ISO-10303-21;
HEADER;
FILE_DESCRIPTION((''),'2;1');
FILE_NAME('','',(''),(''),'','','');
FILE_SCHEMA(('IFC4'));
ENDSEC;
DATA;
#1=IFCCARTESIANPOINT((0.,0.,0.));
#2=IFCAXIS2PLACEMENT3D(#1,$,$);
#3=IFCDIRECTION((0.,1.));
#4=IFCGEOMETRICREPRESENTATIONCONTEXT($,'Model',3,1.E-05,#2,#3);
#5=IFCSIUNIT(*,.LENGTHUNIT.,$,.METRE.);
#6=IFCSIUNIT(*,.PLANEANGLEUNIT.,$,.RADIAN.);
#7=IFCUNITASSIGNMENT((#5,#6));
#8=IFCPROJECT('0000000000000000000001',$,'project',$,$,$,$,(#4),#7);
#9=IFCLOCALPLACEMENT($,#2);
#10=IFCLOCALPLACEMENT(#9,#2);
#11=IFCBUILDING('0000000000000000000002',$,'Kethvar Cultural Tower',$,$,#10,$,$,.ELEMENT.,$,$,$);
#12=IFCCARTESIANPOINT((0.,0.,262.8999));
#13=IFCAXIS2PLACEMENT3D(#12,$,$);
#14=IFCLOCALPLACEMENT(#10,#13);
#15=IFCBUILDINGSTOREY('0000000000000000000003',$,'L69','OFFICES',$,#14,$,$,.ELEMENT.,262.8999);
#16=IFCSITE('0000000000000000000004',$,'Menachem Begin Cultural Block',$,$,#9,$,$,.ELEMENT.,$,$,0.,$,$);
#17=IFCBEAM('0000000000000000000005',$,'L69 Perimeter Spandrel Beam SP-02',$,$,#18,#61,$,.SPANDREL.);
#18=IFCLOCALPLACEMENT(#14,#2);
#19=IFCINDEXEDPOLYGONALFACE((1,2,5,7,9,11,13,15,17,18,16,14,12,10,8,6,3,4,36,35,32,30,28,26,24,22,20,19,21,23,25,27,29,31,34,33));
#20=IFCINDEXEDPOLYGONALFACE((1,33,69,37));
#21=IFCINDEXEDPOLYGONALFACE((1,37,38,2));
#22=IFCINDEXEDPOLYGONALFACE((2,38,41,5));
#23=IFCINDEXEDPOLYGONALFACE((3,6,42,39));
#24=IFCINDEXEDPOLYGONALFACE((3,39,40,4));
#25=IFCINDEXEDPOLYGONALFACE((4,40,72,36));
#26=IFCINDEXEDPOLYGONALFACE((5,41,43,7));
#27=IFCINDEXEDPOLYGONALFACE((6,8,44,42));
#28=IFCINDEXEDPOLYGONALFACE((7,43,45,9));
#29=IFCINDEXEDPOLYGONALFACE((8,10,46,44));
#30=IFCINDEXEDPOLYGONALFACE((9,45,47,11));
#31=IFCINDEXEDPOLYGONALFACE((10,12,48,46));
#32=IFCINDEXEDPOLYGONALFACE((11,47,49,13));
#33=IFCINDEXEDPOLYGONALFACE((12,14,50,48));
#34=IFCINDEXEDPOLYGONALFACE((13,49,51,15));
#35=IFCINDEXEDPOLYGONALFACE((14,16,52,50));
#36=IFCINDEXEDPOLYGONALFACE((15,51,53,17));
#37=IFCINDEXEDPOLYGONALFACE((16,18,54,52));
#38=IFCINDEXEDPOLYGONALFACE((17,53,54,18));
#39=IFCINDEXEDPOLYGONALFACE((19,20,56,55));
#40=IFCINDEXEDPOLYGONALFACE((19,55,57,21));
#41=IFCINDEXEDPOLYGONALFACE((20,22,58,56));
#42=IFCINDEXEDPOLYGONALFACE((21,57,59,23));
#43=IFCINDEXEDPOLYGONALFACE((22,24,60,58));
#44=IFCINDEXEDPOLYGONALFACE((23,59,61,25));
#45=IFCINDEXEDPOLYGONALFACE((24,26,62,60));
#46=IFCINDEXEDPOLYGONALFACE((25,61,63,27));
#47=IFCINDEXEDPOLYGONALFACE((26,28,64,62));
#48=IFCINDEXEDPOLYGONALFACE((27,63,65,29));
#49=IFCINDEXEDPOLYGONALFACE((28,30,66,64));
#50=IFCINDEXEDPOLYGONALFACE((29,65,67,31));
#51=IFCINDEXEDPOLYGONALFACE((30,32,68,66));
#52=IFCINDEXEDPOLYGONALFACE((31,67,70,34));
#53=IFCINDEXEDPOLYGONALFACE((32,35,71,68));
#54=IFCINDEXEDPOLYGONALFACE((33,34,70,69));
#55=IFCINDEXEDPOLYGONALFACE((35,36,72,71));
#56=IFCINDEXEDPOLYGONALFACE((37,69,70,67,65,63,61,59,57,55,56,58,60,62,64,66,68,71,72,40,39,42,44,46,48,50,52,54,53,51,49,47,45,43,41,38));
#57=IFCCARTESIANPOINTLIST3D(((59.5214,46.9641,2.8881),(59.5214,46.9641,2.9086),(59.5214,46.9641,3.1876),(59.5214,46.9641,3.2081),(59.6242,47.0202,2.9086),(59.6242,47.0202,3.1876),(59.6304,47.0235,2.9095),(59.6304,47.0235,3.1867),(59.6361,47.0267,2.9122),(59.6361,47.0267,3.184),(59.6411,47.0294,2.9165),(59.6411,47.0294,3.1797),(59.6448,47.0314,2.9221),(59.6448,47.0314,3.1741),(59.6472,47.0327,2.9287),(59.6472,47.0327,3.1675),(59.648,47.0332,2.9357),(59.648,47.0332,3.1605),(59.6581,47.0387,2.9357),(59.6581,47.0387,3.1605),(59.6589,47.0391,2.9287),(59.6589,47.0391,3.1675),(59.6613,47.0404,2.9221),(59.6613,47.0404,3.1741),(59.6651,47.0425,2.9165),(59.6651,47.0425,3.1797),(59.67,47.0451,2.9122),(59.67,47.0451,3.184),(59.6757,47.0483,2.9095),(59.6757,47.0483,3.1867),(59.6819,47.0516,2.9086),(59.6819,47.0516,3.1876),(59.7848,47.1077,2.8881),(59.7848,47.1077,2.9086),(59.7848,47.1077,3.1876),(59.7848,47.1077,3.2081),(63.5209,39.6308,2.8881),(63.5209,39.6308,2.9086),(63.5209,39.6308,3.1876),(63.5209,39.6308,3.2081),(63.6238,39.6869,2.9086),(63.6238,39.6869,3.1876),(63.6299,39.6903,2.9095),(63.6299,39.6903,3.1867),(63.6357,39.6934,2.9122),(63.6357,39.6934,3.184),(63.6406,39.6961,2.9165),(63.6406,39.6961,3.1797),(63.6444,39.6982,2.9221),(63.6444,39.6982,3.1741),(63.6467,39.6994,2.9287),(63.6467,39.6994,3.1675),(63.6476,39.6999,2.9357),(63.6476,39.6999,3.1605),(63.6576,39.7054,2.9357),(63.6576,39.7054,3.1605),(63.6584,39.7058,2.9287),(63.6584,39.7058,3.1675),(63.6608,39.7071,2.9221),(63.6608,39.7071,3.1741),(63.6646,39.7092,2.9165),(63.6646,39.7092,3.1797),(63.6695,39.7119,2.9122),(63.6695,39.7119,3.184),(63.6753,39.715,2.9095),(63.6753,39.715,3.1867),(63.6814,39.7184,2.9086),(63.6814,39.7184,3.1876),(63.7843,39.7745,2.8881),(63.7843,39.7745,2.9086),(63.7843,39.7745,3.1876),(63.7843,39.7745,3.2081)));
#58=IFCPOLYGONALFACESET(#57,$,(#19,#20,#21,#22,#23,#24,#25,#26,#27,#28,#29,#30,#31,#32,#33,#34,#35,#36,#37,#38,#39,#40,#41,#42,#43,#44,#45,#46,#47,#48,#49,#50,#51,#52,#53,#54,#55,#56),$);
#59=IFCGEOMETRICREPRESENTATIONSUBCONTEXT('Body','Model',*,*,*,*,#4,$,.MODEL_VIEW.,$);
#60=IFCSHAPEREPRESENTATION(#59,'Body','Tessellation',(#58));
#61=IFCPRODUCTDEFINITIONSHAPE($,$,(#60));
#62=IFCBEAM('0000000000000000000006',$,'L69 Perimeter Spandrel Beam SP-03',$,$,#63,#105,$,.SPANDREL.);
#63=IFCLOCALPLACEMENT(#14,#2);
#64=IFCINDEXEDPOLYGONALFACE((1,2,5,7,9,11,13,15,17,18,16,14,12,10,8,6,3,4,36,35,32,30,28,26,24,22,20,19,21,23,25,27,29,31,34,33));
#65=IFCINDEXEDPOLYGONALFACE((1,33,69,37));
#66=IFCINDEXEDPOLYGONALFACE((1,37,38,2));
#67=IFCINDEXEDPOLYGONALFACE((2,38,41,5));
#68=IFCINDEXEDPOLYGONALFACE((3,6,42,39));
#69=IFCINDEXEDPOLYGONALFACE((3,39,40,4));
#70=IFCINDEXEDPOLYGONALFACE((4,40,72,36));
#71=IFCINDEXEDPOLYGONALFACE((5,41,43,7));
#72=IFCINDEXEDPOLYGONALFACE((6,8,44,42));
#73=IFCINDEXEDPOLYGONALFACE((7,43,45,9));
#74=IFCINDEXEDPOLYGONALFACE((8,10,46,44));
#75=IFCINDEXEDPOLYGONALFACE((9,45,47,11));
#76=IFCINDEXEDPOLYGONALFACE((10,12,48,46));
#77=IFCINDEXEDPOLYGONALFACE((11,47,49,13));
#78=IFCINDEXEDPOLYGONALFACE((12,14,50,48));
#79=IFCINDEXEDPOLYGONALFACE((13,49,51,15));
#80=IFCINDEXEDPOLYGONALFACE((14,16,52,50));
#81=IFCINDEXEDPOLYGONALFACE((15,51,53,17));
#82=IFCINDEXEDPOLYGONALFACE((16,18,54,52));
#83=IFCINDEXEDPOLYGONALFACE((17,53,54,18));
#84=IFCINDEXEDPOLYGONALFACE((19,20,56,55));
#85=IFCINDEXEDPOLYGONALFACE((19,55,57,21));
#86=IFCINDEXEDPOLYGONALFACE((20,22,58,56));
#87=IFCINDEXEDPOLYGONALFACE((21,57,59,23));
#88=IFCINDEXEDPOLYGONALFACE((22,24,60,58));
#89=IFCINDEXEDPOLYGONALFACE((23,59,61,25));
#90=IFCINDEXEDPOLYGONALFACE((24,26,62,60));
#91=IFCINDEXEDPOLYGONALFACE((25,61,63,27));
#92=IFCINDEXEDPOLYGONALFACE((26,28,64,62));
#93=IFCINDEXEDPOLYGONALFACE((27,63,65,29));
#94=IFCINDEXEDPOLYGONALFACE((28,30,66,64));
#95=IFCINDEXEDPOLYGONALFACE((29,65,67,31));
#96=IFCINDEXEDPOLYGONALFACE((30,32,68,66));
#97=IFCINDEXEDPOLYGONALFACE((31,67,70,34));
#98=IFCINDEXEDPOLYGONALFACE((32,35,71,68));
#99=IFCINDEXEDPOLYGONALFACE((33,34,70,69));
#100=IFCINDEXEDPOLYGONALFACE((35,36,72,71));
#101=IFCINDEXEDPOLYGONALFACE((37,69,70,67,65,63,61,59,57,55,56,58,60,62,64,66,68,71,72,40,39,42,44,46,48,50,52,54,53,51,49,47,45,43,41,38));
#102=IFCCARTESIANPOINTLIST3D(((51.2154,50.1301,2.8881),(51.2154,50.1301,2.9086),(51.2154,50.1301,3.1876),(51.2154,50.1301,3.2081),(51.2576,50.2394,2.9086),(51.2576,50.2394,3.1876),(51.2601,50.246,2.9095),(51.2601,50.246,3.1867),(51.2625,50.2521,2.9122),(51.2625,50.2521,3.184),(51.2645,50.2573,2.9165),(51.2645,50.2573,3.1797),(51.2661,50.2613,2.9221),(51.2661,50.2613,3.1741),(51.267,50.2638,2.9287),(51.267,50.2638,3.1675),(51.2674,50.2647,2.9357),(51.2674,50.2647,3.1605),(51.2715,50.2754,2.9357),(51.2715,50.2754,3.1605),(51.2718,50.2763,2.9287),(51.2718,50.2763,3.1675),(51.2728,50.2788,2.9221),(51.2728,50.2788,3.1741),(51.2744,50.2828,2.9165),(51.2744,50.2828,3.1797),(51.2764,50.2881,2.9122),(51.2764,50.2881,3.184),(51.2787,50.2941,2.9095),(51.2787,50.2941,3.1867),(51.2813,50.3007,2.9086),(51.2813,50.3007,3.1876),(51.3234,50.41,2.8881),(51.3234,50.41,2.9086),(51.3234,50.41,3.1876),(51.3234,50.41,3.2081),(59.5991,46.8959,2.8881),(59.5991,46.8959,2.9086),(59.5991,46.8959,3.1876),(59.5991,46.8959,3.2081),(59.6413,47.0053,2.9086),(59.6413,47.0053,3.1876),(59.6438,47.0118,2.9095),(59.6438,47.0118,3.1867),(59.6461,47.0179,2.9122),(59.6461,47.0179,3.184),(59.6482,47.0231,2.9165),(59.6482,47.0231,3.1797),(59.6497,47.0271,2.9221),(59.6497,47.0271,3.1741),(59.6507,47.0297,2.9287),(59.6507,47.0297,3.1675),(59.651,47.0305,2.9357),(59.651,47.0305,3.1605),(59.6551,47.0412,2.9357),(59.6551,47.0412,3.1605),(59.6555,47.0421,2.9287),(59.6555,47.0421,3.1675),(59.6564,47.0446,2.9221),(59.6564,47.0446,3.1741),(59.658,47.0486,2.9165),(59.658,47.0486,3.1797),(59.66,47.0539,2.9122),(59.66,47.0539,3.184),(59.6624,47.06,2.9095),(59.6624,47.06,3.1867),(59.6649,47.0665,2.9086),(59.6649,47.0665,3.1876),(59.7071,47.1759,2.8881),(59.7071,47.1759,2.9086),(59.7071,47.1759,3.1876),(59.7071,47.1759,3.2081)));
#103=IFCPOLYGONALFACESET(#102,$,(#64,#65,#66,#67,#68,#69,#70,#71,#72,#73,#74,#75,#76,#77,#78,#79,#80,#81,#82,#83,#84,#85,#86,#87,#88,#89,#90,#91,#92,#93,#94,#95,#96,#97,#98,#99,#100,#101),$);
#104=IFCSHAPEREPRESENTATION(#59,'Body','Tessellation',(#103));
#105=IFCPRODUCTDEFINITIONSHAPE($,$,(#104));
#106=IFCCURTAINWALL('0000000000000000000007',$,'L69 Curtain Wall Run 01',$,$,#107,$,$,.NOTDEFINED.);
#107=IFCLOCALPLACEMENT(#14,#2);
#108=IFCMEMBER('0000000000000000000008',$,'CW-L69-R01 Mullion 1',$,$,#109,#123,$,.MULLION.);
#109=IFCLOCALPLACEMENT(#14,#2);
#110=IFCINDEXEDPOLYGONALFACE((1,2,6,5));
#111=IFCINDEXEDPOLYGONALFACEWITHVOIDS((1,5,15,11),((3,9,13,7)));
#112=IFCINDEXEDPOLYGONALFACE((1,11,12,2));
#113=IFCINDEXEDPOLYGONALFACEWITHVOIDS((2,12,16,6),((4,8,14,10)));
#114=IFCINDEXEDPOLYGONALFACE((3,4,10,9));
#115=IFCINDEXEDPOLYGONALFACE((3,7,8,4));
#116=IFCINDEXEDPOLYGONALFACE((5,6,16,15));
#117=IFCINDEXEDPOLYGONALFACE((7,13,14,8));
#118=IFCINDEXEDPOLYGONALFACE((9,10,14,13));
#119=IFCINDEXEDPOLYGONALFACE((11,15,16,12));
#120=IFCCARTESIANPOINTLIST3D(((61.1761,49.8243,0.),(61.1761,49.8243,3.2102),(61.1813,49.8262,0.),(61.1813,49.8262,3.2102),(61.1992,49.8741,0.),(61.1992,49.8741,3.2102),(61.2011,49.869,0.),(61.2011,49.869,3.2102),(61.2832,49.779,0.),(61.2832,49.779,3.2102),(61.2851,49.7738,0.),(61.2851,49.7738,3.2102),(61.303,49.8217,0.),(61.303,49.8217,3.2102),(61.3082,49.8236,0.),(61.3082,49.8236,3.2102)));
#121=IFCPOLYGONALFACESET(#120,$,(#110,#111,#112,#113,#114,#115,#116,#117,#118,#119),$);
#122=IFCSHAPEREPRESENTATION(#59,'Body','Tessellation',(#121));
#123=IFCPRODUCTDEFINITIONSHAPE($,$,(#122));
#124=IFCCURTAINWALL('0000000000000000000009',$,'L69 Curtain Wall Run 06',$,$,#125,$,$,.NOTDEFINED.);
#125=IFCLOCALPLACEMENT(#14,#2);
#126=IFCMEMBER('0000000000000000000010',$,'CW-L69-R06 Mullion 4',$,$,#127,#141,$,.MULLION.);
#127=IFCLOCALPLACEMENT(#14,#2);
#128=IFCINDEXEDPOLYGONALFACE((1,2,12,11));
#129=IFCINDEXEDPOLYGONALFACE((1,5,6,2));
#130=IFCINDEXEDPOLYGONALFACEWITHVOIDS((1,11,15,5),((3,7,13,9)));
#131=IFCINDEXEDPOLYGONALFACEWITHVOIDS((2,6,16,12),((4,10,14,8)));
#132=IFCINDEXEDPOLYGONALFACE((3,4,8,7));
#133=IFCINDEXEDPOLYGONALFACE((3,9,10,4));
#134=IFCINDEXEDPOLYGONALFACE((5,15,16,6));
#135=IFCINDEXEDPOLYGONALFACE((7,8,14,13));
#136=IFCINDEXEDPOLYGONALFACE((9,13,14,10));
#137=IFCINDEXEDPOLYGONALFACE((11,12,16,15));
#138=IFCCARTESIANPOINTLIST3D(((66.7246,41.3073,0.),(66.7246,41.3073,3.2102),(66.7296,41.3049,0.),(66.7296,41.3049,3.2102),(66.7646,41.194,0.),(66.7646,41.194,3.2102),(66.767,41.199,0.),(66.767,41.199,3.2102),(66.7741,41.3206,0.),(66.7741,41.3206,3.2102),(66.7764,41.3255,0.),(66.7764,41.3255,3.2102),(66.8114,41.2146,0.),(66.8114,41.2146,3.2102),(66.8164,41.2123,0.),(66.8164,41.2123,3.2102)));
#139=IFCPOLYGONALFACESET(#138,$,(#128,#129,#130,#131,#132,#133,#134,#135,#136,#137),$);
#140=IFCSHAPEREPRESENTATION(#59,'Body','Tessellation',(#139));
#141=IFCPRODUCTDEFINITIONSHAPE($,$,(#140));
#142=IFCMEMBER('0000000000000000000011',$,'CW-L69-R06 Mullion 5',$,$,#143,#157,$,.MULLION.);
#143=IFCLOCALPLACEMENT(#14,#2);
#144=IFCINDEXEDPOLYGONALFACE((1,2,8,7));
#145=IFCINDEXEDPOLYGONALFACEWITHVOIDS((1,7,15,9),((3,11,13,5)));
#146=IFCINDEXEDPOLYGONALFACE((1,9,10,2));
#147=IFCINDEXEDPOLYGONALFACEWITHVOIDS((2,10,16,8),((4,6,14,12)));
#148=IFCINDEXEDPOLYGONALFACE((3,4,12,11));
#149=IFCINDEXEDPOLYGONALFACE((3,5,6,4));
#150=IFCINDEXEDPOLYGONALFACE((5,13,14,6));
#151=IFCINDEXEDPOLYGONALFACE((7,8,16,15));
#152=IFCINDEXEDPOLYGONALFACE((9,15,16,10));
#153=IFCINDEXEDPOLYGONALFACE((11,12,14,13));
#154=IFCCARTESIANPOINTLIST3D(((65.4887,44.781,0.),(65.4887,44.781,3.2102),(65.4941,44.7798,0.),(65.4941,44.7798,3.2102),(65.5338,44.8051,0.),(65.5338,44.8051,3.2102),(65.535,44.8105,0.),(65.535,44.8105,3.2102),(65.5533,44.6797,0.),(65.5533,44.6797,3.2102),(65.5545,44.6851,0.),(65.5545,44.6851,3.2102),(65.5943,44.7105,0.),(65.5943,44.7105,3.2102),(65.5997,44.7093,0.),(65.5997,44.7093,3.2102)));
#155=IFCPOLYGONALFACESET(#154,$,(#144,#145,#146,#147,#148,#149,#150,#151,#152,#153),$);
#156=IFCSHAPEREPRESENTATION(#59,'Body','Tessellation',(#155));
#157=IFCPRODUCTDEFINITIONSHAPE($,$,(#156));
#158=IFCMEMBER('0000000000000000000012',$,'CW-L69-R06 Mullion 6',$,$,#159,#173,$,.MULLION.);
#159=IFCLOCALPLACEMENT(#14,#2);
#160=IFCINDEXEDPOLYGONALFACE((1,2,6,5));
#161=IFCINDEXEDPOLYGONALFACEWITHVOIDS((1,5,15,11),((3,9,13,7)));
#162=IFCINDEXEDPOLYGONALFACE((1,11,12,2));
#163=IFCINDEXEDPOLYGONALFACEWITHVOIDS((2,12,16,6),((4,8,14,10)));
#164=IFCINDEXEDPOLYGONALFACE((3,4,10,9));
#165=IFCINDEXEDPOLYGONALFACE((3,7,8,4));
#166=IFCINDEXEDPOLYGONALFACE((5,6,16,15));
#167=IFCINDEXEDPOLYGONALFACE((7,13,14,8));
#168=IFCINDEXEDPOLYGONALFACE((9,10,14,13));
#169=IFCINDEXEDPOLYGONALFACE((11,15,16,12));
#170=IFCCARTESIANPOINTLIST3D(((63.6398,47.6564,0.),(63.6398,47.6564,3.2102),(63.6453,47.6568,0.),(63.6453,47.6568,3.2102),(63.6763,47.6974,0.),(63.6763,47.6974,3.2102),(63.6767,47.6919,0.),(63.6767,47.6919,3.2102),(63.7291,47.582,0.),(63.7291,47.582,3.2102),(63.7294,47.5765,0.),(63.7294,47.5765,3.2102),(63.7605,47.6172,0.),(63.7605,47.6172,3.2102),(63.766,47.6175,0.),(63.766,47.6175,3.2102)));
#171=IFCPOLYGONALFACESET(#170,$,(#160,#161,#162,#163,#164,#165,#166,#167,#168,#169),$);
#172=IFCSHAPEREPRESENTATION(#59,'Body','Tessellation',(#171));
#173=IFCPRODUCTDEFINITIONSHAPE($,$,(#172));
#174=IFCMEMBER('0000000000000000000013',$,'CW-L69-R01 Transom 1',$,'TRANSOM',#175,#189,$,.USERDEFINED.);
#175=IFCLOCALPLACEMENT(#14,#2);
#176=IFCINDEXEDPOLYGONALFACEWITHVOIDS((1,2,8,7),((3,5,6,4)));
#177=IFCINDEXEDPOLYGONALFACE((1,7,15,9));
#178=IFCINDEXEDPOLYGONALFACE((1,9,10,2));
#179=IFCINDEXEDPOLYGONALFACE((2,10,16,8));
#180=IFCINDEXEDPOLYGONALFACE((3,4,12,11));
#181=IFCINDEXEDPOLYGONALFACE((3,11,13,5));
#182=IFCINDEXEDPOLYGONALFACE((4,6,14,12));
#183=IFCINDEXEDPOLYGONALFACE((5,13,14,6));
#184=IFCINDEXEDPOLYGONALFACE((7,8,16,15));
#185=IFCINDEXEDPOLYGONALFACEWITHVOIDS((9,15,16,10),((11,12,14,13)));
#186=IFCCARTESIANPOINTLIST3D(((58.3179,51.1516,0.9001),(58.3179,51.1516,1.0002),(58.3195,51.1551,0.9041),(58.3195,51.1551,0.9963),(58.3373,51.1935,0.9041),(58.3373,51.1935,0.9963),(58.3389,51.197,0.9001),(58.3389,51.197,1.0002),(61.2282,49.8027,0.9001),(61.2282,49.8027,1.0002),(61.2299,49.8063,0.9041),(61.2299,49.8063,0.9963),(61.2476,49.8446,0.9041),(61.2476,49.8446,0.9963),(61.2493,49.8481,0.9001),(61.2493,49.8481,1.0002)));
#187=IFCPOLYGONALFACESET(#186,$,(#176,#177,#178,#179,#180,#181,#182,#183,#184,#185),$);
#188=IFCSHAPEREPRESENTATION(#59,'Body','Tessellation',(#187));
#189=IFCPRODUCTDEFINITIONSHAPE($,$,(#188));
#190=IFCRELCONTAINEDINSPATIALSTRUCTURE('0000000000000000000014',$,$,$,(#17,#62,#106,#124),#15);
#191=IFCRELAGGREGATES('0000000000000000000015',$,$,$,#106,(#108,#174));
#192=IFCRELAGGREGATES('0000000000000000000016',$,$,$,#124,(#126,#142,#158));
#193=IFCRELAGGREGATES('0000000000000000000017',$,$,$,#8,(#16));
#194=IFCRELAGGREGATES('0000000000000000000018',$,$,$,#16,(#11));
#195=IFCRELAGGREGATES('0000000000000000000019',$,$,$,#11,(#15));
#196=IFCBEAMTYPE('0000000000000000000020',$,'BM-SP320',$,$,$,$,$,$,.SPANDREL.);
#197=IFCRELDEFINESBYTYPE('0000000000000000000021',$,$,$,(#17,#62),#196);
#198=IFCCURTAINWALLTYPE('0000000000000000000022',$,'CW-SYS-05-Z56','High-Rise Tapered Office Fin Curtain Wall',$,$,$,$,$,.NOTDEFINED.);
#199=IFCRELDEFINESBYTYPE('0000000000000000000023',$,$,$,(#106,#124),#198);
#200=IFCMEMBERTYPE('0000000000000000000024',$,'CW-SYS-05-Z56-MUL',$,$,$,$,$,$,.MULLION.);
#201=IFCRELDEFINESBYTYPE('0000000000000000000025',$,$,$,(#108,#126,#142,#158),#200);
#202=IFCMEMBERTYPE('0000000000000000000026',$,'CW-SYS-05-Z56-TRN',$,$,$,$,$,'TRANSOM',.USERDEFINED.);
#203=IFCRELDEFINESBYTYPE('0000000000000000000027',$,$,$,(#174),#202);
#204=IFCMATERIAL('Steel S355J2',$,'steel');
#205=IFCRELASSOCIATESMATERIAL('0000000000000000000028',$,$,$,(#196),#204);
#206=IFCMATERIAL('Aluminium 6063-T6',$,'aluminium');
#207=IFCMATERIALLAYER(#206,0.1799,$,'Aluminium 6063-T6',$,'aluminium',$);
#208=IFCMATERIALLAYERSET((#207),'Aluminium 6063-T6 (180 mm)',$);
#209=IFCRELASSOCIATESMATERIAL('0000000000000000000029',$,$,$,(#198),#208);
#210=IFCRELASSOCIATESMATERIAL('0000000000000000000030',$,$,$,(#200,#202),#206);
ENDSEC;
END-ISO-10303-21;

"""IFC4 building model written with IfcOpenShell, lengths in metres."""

from ifc_helpers import new_model, si_unit, direction, frame, origin, origin_2d, place, context, subcontext, project, spatial, hollow_rectangle, i_section, extrude, source, transform, mapped, material, layer, layer_set, material_profile, profile_set, type_object, element, aggregate, save


model = new_model("IFC4")

# Units and contexts
model_context = context("Model", 3, precision=1e-05, world=origin(), true_north=direction((0.0, 1.0)))
body_context = subcontext(model_context, "Body", "Model", "MODEL_VIEW")
ifc_project = project(units=[si_unit("LENGTHUNIT", "METRE"), si_unit("PLANEANGLEUNIT", "RADIAN")], contexts=[model_context])

# Site, building, storey
site_placement = place(None, origin())
site = spatial("IfcSite", under=ifc_project, at=site_placement, Name="Menachem Begin Cultural Block", CompositionType="ELEMENT", RefElevation=0.0)
building_placement = place(site_placement, origin())
building = spatial("IfcBuilding", under=site, at=building_placement, Name="Kethvar Cultural Tower", CompositionType="ELEMENT")
storey_placement = place(building_placement, frame((0.0, 0.0, 262.8999)))
storey = spatial("IfcBuildingStorey", under=building, at=storey_placement, Name="L69", Description="OFFICES", CompositionType="ELEMENT", Elevation=262.8999)

# Beams
ifc_material_1 = material(Name="Steel S355J2", Category="steel")
ifc_material_profile_1 = material_profile(ifc_material_1, i_section(OverallWidth=0.3, OverallDepth=0.3201, WebThickness=0.0115, FlangeThickness=0.0205, FilletRadius=0.0271, at=origin_2d()), Name="Steel S355J2 — HEB320")
ifc_profile_set_1 = profile_set([ifc_material_profile_1], Name="Steel S355J2 — HEB320")
beam_type_1 = type_object("IfcBeamType", Name="BM-SP320", PredefinedType="SPANDREL", material=ifc_profile_set_1)
shared_shape_1 = source(origin(), body_context, "Body", "SweptSolid", [
    extrude(i_section(OverallWidth=0.3, OverallDepth=0.3201, WebThickness=0.0115, FlangeThickness=0.0205, FilletRadius=0.0271, at=origin_2d()), origin(), (0.0, 0.0, 1.0), 8.353),
])
beam_1_placement = place(storey_placement, frame((63.6526, 39.7026, 3.0481), z_axis=(-0.478811, 0.877918, 0.0), x_axis=(-0.877918, -0.478811, 0.0)))
element("IfcBeam", 1, at=beam_1_placement, inside=storey, type_object=beam_type_1, Name="L69 Perimeter Spandrel Beam SP-02", PredefinedType="SPANDREL", context=body_context, shape_type="MappedRepresentation", body=[
    mapped(shared_shape_1, transform((0.0, 0.0, 0.0), scale=1.0)),
])
shared_shape_2 = source(origin(), body_context, "Body", "SweptSolid", [
    extrude(i_section(OverallWidth=0.3, OverallDepth=0.3201, WebThickness=0.0115, FlangeThickness=0.0205, FilletRadius=0.0271, at=origin_2d()), origin(), (0.0, 0.0, 1.0), 8.9858),
])
beam_2_placement = place(storey_placement, frame((59.6531, 47.0359, 3.0481), z_axis=(-0.932984, 0.359918, 0.0), x_axis=(-0.359918, -0.932984, 0.0)))
element("IfcBeam", 2, at=beam_2_placement, inside=storey, type_object=beam_type_1, Name="L69 Perimeter Spandrel Beam SP-03", PredefinedType="SPANDREL", context=body_context, shape_type="MappedRepresentation", body=[
    mapped(shared_shape_2, transform((0.0, 0.0, 0.0), scale=1.0)),
])

# Curtain wall, member
ifc_material_2 = material(Name="Aluminium 6063-T6", Category="aluminium")
ifc_layer_1 = layer(ifc_material_2, 0.1799, Name="Aluminium 6063-T6", Category="aluminium")
ifc_layer_set_1 = layer_set([ifc_layer_1], Name="Aluminium 6063-T6 (180 mm)")
curtain_wall_type = type_object("IfcCurtainWallType", Name="CW-SYS-05-Z56", Description="High-Rise Tapered Office Fin Curtain Wall", PredefinedType="NOTDEFINED", material=ifc_layer_set_1)
curtain_wall_1_placement = place(storey_placement, origin())
curtain_wall_1 = element("IfcCurtainWall", 3, at=curtain_wall_1_placement, inside=storey, type_object=curtain_wall_type, Name="L69 Curtain Wall Run 01", PredefinedType="NOTDEFINED")
ifc_material_profile_2 = material_profile(ifc_material_2, hollow_rectangle(XDim=0.0549, YDim=0.1201, WallThickness=0.0039, at=origin_2d()), Name="Aluminium 6063-T6 — RHS120x55x4")
ifc_profile_set_2 = profile_set([ifc_material_profile_2], Name="Aluminium 6063-T6 — RHS120x55x4")
member_type_1 = type_object("IfcMemberType", Name="CW-SYS-05-Z56-MUL", PredefinedType="MULLION", material=ifc_profile_set_2)
shared_shape_3 = source(origin(), body_context, "Body", "SweptSolid", [
    extrude(hollow_rectangle(XDim=0.0549, YDim=0.1201, WallThickness=0.0039, at=origin_2d()), origin(), (0.0, 0.0, 1.0), 3.2102),
])
member_1_placement = place(storey_placement, frame((61.2422, 49.824, 0.0), z_axis=(0.0, 0.0, 1.0), x_axis=(-0.420482, -0.907301, 0.0)))
member_1 = element("IfcMember", 4, at=member_1_placement, type_object=member_type_1, Name="CW-L69-R01 Mullion 1", PredefinedType="MULLION", context=body_context, shape_type="MappedRepresentation", body=[
    mapped(shared_shape_3, transform((0.0, 0.0, 0.0), scale=1.0)),
])

# Curtain wall, members
curtain_wall_2_placement = place(storey_placement, origin())
curtain_wall_2 = element("IfcCurtainWall", 5, at=curtain_wall_2_placement, inside=storey, type_object=curtain_wall_type, Name="L69 Curtain Wall Run 06", PredefinedType="NOTDEFINED")
member_2_placement = place(storey_placement, frame((66.7705, 41.2598, 0.0), z_axis=(0.0, 0.0, 1.0), x_axis=(-0.943089, -0.33254, 0.0)))
member_2 = element("IfcMember", 6, at=member_2_placement, type_object=member_type_1, Name="CW-L69-R06 Mullion 4", PredefinedType="MULLION", context=body_context, shape_type="MappedRepresentation", body=[
    mapped(shared_shape_3, transform((0.0, 0.0, 0.0), scale=1.0)),
])
member_3_placement = place(storey_placement, frame((65.5442, 44.7451, 0.0), z_axis=(0.0, 0.0, 1.0), x_axis=(-0.84295, -0.537991, 0.0)))
member_3 = element("IfcMember", 7, at=member_3_placement, type_object=member_type_1, Name="CW-L69-R06 Mullion 5", PredefinedType="MULLION", context=body_context, shape_type="MappedRepresentation", body=[
    mapped(shared_shape_3, transform((0.0, 0.0, 0.0), scale=1.0)),
])
member_4_placement = place(storey_placement, frame((63.7029, 47.637, 0.0), z_axis=(0.0, 0.0, 1.0), x_axis=(-0.665673, -0.746243, 0.0)))
member_4 = element("IfcMember", 8, at=member_4_placement, type_object=member_type_1, Name="CW-L69-R06 Mullion 6", PredefinedType="MULLION", context=body_context, shape_type="MappedRepresentation", body=[
    mapped(shared_shape_3, transform((0.0, 0.0, 0.0), scale=1.0)),
])

# Member
ifc_material_profile_3 = material_profile(ifc_material_2, hollow_rectangle(XDim=0.05, YDim=0.1001, WallThickness=0.0039, at=origin_2d()), Name="Aluminium 6063-T6 — RHS100x50x4")
ifc_profile_set_3 = profile_set([ifc_material_profile_3], Name="Aluminium 6063-T6 — RHS100x50x4")
member_type_2 = type_object("IfcMemberType", Name="CW-SYS-05-Z56-TRN", ElementType="TRANSOM", PredefinedType="USERDEFINED", material=ifc_profile_set_3)
shared_shape_4 = source(origin(), body_context, "Body", "SweptSolid", [
    extrude(hollow_rectangle(XDim=0.05, YDim=0.1001, WallThickness=0.0039, at=origin_2d()), origin(), (0.0, 0.0, 1.0), 3.2078),
])
member_5_placement = place(storey_placement, frame((61.2388, 49.8254, 0.9502), z_axis=(-0.907292, 0.420501, 0.0), x_axis=(-0.420501, -0.907292, 0.0)))
member_5 = element("IfcMember", 9, at=member_5_placement, type_object=member_type_2, Name="CW-L69-R01 Transom 1", ObjectType="TRANSOM", PredefinedType="USERDEFINED", context=body_context, shape_type="MappedRepresentation", body=[
    mapped(shared_shape_4, transform((0.0, 0.0, 0.0), scale=1.0)),
])

aggregate(curtain_wall_1, [member_1, member_5])
aggregate(curtain_wall_2, [member_2, member_3, member_4])

save(model, "model.ifc")
